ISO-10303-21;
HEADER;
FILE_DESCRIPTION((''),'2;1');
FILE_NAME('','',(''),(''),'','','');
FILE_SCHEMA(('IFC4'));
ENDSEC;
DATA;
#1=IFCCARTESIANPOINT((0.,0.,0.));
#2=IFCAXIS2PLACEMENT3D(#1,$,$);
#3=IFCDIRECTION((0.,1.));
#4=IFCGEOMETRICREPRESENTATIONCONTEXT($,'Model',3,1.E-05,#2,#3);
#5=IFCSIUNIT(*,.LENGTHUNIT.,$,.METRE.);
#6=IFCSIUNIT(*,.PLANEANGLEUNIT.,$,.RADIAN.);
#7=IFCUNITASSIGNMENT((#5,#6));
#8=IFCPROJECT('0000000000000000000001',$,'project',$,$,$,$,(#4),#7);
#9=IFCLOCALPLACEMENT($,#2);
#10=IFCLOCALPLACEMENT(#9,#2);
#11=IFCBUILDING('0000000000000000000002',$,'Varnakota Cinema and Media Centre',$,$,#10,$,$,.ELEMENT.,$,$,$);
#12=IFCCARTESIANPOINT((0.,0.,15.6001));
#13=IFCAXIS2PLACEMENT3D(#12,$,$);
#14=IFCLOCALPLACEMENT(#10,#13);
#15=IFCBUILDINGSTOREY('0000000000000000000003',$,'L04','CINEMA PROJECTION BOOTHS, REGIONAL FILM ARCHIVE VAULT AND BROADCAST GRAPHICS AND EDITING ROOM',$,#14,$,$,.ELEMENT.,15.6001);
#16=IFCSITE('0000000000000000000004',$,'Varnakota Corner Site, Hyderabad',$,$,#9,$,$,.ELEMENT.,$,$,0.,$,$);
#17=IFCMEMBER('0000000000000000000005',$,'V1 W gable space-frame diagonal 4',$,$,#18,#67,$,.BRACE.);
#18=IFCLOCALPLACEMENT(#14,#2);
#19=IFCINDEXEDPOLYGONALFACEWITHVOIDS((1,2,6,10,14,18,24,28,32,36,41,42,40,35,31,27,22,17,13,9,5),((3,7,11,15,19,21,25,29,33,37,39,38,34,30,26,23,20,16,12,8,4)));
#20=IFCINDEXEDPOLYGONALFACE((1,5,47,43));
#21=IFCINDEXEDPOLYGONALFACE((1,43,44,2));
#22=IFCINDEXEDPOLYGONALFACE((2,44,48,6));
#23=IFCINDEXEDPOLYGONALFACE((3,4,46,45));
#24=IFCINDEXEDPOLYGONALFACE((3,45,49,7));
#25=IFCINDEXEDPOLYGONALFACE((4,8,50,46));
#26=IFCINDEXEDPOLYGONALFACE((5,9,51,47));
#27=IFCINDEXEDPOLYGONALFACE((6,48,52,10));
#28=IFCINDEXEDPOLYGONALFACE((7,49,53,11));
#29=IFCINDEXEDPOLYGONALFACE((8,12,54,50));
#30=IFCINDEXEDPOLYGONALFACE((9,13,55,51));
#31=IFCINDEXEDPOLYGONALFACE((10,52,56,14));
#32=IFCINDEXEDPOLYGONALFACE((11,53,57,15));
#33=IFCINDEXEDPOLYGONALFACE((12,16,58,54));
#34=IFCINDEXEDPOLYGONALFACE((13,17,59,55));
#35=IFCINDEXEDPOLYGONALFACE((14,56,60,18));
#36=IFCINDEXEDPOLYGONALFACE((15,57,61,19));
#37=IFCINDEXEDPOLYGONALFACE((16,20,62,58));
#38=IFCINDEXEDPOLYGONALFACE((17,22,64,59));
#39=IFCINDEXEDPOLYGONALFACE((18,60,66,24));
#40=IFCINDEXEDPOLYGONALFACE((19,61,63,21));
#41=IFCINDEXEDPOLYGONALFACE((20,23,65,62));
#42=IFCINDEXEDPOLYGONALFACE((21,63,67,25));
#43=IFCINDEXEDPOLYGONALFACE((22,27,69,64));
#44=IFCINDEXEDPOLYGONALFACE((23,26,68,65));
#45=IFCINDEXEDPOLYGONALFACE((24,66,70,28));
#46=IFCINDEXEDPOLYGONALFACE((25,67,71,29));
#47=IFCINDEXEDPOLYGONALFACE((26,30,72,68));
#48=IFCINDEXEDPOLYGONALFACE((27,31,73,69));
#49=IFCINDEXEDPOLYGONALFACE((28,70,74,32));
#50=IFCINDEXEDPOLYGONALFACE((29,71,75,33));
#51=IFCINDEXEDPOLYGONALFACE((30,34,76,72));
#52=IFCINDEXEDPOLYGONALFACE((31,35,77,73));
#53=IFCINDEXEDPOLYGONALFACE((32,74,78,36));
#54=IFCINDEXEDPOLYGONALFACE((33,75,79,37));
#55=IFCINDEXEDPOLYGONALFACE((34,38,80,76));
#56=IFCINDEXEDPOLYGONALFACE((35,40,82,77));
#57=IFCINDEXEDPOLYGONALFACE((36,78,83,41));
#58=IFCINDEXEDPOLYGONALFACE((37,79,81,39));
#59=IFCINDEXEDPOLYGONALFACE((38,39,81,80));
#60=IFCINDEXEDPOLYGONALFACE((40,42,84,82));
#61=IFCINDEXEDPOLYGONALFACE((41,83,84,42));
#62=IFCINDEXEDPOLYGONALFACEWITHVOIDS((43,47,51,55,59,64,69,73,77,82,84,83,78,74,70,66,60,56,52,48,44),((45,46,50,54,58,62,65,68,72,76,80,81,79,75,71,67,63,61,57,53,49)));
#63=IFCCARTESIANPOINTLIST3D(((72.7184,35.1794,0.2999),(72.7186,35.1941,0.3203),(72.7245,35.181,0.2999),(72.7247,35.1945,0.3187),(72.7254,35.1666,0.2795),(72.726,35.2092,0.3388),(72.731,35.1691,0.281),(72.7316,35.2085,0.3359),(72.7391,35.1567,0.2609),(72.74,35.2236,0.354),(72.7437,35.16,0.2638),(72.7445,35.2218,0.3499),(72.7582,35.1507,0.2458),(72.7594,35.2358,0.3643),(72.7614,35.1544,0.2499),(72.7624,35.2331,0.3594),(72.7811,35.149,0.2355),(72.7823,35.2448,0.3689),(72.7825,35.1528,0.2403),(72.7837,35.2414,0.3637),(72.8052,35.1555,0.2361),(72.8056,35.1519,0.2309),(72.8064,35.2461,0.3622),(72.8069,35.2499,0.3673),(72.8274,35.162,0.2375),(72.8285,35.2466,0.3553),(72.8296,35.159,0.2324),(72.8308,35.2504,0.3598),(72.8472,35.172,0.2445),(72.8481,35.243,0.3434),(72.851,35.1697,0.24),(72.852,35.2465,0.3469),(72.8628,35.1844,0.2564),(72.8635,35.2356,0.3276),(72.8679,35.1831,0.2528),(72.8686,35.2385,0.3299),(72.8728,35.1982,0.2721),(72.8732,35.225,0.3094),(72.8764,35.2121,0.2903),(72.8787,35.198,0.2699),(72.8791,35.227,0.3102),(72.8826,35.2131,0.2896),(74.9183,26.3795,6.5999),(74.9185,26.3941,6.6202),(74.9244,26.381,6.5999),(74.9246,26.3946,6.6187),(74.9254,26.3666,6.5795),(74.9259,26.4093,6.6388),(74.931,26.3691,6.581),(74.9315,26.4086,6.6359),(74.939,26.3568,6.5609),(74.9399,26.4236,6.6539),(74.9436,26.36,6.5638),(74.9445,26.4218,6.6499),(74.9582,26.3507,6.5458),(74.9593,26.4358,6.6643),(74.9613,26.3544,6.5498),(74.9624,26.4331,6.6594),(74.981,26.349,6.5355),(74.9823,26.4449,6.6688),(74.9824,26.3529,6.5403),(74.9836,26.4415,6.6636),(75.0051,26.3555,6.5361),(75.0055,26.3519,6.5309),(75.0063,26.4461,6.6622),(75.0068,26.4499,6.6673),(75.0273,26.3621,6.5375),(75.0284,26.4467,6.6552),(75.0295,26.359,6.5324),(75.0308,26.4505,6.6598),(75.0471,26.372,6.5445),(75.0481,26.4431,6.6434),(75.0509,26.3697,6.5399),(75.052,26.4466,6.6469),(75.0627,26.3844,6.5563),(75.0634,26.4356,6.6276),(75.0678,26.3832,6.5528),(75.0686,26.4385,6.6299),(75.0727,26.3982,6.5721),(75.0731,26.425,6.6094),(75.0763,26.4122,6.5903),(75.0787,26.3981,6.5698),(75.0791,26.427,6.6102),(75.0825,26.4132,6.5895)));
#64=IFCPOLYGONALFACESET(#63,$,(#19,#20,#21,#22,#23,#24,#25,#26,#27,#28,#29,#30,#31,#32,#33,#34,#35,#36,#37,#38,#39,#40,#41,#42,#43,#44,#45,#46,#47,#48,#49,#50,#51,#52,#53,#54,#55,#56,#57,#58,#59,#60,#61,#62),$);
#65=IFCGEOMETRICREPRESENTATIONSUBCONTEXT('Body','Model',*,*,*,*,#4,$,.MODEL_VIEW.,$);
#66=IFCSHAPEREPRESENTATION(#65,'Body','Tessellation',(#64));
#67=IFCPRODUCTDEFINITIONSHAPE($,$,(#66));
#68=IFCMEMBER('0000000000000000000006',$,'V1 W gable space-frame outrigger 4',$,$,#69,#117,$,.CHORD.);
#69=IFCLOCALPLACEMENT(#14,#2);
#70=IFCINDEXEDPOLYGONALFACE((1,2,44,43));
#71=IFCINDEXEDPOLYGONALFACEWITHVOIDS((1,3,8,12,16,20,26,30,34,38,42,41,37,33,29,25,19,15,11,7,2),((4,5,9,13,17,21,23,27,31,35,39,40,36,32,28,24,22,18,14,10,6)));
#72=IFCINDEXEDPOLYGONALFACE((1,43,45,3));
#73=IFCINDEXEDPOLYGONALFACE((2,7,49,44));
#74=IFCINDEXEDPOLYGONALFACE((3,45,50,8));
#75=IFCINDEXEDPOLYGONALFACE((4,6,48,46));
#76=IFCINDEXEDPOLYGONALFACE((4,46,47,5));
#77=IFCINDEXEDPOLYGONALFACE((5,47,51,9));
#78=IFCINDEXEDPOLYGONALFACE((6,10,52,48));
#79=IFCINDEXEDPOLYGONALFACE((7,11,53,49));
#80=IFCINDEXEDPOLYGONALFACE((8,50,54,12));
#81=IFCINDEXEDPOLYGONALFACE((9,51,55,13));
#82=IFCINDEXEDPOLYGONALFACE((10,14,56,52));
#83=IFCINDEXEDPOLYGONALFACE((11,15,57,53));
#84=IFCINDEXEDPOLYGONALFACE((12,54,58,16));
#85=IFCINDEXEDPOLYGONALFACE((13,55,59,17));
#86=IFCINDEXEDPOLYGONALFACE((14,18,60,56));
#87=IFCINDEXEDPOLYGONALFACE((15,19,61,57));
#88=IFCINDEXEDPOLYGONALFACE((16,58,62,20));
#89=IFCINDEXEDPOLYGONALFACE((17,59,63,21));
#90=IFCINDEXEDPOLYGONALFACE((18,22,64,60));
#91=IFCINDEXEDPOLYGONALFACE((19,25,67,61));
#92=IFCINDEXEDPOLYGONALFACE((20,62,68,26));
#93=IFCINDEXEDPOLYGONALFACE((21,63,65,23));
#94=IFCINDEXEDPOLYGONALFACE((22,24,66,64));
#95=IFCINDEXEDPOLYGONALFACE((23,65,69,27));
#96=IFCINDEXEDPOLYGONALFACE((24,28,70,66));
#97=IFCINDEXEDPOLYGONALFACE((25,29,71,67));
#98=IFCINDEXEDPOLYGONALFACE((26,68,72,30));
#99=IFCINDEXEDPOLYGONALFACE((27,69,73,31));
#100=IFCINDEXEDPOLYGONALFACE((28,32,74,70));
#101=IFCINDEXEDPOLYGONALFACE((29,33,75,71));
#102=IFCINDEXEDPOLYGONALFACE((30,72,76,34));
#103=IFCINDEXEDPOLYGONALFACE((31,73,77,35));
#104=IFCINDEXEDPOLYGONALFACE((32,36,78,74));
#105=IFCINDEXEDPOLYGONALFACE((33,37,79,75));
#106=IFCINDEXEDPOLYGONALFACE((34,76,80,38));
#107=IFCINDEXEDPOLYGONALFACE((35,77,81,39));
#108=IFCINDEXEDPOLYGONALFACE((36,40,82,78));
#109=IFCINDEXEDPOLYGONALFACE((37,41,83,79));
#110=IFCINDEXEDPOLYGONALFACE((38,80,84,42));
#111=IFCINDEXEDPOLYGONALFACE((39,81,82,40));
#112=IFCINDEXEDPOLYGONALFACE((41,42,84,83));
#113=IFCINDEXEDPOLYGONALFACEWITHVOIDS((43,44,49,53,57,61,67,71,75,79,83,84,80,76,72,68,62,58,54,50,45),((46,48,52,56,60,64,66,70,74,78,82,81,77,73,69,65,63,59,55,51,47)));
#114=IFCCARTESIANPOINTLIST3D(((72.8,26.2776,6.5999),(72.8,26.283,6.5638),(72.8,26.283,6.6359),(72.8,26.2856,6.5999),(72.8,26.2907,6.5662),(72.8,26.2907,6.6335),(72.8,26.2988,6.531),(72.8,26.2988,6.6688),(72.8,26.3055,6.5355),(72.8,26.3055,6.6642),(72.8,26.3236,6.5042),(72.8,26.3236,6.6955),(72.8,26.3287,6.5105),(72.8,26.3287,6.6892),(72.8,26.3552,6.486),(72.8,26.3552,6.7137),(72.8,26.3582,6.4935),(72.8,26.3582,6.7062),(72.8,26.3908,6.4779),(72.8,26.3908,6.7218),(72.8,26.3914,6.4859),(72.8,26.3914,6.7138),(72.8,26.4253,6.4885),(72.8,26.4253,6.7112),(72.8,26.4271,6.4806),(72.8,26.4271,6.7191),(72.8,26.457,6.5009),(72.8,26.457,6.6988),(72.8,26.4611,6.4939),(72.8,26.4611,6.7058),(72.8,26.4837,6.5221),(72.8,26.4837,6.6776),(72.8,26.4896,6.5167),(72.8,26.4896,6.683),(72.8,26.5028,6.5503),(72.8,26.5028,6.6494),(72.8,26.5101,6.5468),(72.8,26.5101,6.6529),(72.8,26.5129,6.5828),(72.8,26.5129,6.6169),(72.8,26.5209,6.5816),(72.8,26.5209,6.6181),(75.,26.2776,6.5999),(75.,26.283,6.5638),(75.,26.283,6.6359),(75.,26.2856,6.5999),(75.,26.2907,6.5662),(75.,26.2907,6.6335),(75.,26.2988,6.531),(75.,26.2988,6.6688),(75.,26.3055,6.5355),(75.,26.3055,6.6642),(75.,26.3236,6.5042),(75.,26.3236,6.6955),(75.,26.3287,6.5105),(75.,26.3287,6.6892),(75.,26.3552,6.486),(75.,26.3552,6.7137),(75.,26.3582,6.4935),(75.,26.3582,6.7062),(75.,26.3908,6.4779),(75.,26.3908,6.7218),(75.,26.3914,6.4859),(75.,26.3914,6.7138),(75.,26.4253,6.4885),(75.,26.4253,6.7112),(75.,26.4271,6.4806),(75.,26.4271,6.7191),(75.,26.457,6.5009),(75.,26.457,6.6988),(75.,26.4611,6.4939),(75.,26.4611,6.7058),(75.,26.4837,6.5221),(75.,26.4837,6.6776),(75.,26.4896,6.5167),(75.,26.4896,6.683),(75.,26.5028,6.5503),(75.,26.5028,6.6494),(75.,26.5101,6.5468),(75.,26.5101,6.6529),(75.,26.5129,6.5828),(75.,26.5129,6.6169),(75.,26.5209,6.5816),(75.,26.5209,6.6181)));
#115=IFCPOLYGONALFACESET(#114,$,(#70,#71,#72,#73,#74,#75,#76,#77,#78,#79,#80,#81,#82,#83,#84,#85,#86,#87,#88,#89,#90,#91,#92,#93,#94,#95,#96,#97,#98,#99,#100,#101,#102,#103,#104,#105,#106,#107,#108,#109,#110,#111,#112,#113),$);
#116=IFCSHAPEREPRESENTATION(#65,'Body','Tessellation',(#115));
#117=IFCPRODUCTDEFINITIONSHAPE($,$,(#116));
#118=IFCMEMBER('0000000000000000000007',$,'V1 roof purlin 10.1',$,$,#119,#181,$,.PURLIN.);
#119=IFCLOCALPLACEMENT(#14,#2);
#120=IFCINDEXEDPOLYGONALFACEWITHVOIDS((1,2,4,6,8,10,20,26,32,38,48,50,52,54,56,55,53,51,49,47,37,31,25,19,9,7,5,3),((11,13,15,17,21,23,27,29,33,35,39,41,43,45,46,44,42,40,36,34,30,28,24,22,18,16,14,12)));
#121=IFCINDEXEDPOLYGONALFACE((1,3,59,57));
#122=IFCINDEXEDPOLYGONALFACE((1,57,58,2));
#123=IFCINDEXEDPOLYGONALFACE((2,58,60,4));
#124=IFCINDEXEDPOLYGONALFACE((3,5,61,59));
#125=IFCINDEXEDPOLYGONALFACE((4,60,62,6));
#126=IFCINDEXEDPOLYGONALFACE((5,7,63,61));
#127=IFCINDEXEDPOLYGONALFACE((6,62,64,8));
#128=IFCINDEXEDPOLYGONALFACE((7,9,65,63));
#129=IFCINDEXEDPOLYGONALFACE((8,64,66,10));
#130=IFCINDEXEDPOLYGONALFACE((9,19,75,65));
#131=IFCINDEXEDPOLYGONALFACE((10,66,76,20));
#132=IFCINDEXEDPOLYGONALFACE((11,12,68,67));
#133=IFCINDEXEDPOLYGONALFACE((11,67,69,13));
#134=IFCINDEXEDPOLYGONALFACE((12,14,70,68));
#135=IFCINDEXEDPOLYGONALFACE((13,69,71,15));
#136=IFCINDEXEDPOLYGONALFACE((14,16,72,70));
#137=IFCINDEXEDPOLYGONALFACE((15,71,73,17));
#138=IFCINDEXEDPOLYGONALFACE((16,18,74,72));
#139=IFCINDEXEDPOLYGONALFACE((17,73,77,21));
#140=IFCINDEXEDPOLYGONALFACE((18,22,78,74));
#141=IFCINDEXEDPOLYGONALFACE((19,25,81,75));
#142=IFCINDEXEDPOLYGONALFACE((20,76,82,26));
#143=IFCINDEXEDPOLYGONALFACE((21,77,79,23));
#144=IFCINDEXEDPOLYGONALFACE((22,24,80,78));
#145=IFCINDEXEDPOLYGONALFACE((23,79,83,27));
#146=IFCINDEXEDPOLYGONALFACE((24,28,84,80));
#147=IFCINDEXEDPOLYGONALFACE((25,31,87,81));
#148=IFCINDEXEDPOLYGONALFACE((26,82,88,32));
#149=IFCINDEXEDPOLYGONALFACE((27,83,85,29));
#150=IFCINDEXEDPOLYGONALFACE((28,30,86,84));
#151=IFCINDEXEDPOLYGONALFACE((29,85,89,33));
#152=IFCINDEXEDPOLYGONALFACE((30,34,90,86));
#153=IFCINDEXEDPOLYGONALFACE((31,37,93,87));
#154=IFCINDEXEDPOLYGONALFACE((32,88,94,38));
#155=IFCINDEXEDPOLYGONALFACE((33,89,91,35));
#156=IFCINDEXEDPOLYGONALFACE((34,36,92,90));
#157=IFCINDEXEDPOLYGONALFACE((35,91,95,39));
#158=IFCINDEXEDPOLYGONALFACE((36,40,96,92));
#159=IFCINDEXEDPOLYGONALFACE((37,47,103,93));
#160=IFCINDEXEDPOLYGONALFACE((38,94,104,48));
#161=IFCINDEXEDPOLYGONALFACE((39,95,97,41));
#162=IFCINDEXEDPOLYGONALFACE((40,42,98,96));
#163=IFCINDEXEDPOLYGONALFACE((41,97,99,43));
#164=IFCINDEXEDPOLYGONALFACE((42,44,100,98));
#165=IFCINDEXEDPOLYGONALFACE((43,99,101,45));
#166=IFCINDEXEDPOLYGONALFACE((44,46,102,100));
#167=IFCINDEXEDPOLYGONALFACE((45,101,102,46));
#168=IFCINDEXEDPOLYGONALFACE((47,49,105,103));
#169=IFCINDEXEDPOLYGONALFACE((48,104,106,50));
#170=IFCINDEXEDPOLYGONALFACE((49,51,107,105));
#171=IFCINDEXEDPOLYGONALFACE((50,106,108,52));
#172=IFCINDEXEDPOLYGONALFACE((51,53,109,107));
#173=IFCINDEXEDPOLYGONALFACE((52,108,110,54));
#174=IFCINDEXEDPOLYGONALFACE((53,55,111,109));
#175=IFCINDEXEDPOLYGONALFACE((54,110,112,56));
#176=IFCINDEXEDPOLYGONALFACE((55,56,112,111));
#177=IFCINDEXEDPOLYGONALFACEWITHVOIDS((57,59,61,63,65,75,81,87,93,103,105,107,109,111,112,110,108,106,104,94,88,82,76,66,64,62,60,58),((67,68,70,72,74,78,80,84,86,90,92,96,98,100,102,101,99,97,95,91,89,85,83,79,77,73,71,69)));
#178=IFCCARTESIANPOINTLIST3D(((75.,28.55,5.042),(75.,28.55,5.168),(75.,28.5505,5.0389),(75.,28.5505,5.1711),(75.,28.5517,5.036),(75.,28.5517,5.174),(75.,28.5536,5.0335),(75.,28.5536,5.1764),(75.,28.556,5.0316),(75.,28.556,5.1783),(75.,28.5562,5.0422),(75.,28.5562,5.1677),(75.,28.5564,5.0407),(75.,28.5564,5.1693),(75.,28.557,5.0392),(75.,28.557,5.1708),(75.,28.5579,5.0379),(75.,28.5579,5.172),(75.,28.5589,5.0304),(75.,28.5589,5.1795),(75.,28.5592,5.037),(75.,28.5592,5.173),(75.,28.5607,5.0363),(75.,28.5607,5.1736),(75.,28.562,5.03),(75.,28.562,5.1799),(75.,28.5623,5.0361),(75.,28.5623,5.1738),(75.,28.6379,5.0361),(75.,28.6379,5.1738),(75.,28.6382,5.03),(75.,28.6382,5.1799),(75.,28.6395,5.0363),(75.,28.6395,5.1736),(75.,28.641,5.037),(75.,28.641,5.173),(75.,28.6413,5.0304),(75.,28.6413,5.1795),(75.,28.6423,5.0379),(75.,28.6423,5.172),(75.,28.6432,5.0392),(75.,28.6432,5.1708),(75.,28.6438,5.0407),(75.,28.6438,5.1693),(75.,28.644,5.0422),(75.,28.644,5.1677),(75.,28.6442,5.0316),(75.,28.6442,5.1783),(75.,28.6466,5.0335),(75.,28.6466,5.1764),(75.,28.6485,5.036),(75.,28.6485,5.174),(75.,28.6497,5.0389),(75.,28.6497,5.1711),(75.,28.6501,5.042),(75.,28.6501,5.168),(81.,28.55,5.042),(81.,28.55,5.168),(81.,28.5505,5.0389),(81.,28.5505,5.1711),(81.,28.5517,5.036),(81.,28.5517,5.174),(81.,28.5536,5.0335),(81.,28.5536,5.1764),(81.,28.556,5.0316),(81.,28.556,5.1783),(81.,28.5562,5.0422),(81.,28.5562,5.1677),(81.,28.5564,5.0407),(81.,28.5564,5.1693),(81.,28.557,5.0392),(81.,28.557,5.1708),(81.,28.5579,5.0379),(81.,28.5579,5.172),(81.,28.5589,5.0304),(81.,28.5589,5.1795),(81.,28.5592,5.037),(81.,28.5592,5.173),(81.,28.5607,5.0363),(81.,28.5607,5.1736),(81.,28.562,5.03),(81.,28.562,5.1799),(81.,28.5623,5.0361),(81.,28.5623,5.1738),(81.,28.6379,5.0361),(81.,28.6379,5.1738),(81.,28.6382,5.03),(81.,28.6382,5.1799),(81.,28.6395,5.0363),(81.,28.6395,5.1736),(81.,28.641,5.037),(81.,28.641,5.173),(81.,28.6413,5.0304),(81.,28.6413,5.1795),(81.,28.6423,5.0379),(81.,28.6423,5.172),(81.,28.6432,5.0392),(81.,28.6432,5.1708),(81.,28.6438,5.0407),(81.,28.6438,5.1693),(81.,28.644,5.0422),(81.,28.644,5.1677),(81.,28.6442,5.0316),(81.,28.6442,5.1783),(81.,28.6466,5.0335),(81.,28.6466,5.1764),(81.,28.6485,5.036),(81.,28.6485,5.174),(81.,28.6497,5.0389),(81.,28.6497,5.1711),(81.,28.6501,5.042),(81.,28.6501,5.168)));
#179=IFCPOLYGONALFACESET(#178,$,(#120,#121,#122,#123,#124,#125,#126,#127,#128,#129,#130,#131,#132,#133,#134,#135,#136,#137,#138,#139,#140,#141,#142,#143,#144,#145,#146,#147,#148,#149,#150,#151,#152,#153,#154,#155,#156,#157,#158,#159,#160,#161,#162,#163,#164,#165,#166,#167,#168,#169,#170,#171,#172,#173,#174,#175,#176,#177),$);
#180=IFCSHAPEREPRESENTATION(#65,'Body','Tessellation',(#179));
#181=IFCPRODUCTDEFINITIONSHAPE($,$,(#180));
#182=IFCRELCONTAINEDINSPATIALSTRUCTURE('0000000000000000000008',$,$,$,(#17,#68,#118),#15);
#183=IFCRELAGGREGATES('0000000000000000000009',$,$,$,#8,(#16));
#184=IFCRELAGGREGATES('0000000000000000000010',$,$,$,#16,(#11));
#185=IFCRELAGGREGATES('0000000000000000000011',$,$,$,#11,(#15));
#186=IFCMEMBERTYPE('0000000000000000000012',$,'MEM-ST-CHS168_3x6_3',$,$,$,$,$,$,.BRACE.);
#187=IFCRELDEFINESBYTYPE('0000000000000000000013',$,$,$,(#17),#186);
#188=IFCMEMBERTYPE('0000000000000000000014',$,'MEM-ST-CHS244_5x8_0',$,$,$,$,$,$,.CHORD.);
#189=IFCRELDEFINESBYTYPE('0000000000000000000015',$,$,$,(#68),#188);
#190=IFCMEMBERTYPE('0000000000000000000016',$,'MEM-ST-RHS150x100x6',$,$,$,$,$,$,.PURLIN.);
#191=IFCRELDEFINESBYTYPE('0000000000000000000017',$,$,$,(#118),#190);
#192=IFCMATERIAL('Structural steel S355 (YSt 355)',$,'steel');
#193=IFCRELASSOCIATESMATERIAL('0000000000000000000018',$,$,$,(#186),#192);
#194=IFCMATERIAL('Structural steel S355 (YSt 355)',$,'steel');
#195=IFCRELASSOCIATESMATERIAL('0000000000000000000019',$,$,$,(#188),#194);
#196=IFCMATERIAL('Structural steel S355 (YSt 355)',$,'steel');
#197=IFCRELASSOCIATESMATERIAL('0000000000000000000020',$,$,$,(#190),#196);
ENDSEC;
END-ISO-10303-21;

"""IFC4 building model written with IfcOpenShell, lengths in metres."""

from ifc_helpers import new_model, si_unit, direction, frame, origin, origin_2d, place, context, subcontext, project, spatial, hollow_rectangle, hollow_circle, extrude, material, material_profile, profile_set, type_object, element, save


model = new_model("IFC4")

# Units and contexts
model_context = context("Model", 3, precision=1e-05, world=origin(), true_north=direction((0.0, 1.0)))
body_context = subcontext(model_context, "Body", "Model", "MODEL_VIEW")
ifc_project = project(units=[si_unit("LENGTHUNIT", "METRE"), si_unit("PLANEANGLEUNIT", "RADIAN")], contexts=[model_context])

# Site, building, storey
site_placement = place(None, origin())
site = spatial("IfcSite", under=ifc_project, at=site_placement, Name="Varnakota Corner Site, Hyderabad", CompositionType="ELEMENT", RefElevation=0.0)
building_placement = place(site_placement, origin())
building = spatial("IfcBuilding", under=site, at=building_placement, Name="Varnakota Cinema and Media Centre", CompositionType="ELEMENT")
storey_placement = place(building_placement, frame((0.0, 0.0, 15.6001)))
storey = spatial("IfcBuildingStorey", under=building, at=storey_placement, Name="L04", Description="CINEMA PROJECTION BOOTHS, REGIONAL FILM ARCHIVE VAULT AND BROADCAST GRAPHICS AND EDITING ROOM", CompositionType="ELEMENT", Elevation=15.6001)

# Members
ifc_material_1 = material(Name="Structural steel S355 (YSt 355)", Category="steel")
ifc_material_profile_1 = material_profile(ifc_material_1, hollow_circle(Radius=0.0842, WallThickness=0.0063, at=origin_2d()), Name="CHS 168.3x6.3")
ifc_profile_set_1 = profile_set([ifc_material_profile_1], Name="Structural steel S355 (YSt 355)")
member_type_1 = type_object("IfcMemberType", Name="MEM-ST-CHS168_3x6_3", PredefinedType="BRACE", material=ifc_profile_set_1)
member_1_placement = place(storey_placement, frame((75.0, 26.3999, 6.5999), z_axis=(-0.199198, 0.796813, -0.570447), x_axis=(-0.970144, -0.242529, 0.0)))
element("IfcMember", 1, at=member_1_placement, inside=storey, type_object=member_type_1, Name="V1 W gable space-frame diagonal 4", PredefinedType="BRACE", context=body_context, shape_type="SweptSolid", body=[
    extrude(hollow_circle(Radius=0.0842, WallThickness=0.0063, at=origin_2d()), origin(), (0.0, 0.0, 1.0), 11.0439),
])
ifc_material_2 = material(Name="Structural steel S355 (YSt 355)", Category="steel")
ifc_material_profile_2 = material_profile(ifc_material_2, hollow_circle(Radius=0.1223, WallThickness=0.0081, at=origin_2d()), Name="CHS 244.5x8.0")
ifc_profile_set_2 = profile_set([ifc_material_profile_2], Name="Structural steel S355 (YSt 355)")
member_type_2 = type_object("IfcMemberType", Name="MEM-ST-CHS244_5x8_0", PredefinedType="CHORD", material=ifc_profile_set_2)
member_2_placement = place(storey_placement, frame((75.0, 26.3999, 6.5999), z_axis=(-1.0, 0.0, 0.0), x_axis=(0.0, -1.0, 0.0)))
element("IfcMember", 2, at=member_2_placement, inside=storey, type_object=member_type_2, Name="V1 W gable space-frame outrigger 4", PredefinedType="CHORD", context=body_context, shape_type="SweptSolid", body=[
    extrude(hollow_circle(Radius=0.1223, WallThickness=0.0081, at=origin_2d()), origin(), (0.0, 0.0, 1.0), 2.2),
])
ifc_material_3 = material(Name="Structural steel S355 (YSt 355)", Category="steel")
ifc_material_profile_3 = material_profile(ifc_material_3, hollow_rectangle(XDim=0.1001, YDim=0.1499, WallThickness=0.0061, InnerFilletRadius=0.0061, OuterFilletRadius=0.012, at=origin_2d()), Name="RHS 150x100x6")
ifc_profile_set_3 = profile_set([ifc_material_profile_3], Name="Structural steel S355 (YSt 355)")
member_type_3 = type_object("IfcMemberType", Name="MEM-ST-RHS150x100x6", PredefinedType="PURLIN", material=ifc_profile_set_3)
for number, where, z_axis, x_axis, name in (
    (3, (75.0, 28.6001, 5.105), (1.0, 0.0, 0.0), (0.0, 1.0, 0.0), "V1 roof purlin 10.1"),
):
    element("IfcMember", number, at=place(storey_placement, frame(where, z_axis=z_axis, x_axis=x_axis)), inside=storey, type_object=member_type_3, Name=name, PredefinedType="PURLIN", context=body_context, shape_type="SweptSolid", body=[
        extrude(hollow_rectangle(XDim=0.1001, YDim=0.1499, WallThickness=0.0061, InnerFilletRadius=0.0061, OuterFilletRadius=0.012, at=origin_2d()), origin(), (0.0, 0.0, 1.0), 6.0),
    ])

save(model, "model.ifc")
